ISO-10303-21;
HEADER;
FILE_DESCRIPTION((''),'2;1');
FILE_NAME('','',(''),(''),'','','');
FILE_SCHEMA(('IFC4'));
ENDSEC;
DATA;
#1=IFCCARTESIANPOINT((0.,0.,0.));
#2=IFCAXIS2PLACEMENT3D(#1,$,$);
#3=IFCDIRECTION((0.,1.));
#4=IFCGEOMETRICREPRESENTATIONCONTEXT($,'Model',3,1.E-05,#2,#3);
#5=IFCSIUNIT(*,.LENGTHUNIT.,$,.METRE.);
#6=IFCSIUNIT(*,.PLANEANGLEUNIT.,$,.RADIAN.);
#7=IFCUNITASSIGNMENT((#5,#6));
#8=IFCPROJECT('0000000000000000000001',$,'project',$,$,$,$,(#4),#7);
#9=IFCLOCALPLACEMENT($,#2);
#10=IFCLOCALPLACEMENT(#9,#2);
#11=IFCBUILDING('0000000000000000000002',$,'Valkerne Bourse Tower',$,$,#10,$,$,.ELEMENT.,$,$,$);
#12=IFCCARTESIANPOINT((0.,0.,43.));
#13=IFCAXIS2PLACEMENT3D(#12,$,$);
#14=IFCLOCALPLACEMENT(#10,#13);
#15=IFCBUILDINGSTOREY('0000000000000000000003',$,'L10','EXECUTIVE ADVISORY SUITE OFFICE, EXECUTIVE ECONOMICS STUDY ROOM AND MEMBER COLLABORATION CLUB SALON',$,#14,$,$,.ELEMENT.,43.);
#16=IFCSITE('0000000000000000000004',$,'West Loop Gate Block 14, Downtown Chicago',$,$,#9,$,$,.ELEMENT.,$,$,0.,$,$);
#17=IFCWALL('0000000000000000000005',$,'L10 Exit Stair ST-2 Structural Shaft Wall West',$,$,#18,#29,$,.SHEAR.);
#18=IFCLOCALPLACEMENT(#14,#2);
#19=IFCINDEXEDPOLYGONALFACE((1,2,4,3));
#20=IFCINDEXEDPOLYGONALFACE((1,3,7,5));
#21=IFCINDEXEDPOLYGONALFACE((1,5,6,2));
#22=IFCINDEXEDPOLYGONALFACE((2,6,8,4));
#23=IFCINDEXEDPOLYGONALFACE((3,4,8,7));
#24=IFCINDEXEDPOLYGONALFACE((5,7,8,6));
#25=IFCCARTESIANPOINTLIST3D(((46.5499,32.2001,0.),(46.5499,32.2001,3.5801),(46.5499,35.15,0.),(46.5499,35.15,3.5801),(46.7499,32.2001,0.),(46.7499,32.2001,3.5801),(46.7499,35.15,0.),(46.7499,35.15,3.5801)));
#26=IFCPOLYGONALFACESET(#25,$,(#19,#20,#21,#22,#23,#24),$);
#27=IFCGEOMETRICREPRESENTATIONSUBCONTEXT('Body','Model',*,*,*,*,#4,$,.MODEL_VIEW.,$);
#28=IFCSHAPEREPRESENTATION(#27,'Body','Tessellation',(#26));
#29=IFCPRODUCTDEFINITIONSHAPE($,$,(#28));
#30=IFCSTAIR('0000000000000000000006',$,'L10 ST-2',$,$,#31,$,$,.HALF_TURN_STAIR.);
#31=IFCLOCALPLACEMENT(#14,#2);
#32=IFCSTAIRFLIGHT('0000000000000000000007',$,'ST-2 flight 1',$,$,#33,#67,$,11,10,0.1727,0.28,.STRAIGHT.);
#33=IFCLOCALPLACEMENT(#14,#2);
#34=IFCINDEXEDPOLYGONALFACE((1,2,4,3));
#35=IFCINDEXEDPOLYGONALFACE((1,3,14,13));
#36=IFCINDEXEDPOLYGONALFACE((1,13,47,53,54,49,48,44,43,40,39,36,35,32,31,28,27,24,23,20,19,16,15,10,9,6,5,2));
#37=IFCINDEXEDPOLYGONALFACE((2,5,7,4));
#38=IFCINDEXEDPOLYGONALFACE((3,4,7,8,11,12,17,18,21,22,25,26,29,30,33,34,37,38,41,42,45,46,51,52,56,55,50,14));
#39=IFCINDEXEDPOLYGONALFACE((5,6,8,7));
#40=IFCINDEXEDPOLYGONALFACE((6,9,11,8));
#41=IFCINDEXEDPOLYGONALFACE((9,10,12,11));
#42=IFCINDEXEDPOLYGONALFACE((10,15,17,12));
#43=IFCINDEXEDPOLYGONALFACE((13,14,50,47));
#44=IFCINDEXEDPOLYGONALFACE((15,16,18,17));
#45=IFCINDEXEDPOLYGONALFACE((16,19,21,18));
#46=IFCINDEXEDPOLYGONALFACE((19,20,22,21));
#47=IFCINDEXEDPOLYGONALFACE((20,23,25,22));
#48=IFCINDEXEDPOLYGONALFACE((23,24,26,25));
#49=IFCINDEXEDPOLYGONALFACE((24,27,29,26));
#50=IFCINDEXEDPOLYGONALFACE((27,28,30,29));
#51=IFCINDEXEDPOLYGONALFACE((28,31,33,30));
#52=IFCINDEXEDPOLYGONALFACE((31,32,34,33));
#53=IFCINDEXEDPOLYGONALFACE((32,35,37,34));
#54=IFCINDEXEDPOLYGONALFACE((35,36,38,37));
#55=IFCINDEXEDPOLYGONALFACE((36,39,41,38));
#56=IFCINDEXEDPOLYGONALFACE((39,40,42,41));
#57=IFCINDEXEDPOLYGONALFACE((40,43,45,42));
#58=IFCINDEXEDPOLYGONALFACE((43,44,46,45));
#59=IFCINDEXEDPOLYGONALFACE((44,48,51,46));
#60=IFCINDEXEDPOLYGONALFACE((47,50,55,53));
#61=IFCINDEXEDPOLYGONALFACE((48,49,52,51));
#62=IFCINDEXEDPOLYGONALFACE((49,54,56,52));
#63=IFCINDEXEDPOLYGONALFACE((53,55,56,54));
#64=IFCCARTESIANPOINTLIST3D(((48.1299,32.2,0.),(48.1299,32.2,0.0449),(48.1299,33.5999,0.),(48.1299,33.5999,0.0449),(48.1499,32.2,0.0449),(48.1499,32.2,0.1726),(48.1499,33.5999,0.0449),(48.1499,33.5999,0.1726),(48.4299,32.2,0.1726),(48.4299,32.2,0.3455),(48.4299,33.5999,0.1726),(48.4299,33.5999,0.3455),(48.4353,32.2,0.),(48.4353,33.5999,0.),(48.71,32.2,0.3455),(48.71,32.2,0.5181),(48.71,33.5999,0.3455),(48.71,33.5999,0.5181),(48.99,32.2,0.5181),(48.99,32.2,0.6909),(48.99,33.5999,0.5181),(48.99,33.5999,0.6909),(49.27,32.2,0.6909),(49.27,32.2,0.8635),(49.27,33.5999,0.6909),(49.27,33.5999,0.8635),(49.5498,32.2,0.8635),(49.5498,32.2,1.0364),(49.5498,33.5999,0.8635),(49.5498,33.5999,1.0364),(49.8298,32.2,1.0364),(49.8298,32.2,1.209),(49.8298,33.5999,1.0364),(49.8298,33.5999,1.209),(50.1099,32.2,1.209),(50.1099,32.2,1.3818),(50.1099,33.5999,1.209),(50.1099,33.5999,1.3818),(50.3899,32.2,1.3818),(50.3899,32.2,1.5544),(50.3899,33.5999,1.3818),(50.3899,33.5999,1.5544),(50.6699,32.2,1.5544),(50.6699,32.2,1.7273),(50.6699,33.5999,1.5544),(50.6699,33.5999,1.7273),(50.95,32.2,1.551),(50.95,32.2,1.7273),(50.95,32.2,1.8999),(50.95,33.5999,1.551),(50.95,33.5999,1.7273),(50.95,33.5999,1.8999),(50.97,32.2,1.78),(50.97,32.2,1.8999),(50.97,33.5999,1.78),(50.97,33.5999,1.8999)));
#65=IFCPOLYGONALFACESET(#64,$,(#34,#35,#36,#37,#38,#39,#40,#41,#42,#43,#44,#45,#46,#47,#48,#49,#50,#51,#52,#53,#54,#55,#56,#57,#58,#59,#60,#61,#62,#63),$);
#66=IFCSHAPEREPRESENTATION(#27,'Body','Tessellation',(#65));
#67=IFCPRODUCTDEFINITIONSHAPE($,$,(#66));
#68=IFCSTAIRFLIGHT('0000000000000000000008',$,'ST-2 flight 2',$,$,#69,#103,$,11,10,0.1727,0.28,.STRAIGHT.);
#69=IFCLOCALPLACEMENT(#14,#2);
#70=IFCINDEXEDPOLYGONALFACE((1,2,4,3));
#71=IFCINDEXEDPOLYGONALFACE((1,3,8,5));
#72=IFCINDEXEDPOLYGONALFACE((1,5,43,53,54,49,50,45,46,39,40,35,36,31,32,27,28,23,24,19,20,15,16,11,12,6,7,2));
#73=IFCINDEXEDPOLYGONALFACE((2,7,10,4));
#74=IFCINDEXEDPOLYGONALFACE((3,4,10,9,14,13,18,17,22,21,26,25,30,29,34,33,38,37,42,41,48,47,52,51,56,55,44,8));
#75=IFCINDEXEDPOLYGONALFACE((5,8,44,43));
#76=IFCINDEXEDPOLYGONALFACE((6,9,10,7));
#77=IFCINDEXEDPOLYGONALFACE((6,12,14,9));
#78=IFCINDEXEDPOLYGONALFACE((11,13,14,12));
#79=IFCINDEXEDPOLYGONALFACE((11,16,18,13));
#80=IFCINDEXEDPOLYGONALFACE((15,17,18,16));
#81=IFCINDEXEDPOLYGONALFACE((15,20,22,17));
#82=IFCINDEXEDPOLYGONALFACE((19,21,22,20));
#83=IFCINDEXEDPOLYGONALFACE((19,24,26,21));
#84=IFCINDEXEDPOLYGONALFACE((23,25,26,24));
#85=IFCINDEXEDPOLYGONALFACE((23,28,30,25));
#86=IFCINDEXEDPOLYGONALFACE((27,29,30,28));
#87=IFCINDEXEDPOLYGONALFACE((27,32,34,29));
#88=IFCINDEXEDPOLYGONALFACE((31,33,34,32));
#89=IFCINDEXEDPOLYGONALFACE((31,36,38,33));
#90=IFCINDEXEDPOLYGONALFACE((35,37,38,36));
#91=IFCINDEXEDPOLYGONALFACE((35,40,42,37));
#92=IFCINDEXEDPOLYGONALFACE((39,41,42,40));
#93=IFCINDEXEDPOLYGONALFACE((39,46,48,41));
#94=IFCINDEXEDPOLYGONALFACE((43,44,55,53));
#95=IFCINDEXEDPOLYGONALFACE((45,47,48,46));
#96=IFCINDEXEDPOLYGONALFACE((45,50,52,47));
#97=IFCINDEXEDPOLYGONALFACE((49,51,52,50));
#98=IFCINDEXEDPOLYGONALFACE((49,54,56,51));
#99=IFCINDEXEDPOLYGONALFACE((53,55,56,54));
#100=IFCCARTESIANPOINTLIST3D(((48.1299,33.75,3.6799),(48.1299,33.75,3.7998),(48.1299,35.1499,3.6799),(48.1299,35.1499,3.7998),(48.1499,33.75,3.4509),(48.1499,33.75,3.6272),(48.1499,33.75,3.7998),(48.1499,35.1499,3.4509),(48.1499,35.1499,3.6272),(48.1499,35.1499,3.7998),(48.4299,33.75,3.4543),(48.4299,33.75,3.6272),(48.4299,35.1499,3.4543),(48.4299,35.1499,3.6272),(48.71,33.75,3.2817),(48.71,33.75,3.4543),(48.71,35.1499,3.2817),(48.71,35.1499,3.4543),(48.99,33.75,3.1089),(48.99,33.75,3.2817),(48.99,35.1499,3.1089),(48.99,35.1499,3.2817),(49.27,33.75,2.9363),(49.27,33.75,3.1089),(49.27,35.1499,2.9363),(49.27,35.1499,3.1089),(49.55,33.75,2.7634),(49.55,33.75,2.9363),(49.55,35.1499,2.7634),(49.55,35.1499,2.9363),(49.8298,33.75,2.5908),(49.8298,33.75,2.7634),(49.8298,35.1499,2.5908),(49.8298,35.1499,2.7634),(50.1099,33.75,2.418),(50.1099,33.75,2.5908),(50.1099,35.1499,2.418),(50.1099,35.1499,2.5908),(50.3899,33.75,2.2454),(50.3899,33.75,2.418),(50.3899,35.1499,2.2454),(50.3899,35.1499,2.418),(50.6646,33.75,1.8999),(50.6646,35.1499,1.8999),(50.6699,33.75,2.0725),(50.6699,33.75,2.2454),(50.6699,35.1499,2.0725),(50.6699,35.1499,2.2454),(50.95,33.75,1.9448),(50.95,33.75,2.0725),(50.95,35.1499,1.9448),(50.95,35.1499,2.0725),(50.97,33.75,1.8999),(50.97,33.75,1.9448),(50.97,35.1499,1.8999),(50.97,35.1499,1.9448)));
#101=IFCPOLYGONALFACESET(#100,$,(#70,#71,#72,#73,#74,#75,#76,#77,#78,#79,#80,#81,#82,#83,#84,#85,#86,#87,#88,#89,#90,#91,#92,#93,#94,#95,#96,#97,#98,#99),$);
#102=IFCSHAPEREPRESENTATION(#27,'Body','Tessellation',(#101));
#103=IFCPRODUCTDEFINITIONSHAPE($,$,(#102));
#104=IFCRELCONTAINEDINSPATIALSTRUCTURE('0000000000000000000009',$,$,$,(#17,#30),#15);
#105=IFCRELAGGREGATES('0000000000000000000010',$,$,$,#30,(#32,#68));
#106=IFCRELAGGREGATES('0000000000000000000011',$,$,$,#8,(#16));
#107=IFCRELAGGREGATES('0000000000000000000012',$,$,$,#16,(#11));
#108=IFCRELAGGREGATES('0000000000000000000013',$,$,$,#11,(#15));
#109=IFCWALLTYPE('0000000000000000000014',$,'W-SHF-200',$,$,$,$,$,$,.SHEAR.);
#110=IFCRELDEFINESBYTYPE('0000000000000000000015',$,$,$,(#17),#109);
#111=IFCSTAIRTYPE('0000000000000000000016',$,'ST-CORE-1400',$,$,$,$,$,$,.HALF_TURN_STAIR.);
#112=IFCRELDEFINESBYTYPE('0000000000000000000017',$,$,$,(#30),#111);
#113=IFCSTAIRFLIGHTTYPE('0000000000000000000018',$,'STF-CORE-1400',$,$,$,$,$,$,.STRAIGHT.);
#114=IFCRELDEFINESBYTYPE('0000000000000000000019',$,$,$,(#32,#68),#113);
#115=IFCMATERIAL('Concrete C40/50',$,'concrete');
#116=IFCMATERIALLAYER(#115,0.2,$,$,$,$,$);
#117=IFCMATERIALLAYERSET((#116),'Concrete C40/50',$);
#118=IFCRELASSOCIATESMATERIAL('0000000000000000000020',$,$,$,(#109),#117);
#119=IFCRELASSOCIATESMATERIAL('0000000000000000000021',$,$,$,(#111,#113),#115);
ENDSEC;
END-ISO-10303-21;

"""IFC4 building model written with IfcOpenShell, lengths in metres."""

from ifc_helpers import new_model, si_unit, direction, frame, frame_2d, origin, place, context, subcontext, project, spatial, polyline, rectangle, outline, extrude, material, layer, layer_set, type_object, element, aggregate, save


model = new_model("IFC4")

# Units and contexts
model_context = context("Model", 3, precision=1e-05, world=origin(), true_north=direction((0.0, 1.0)))
body_context = subcontext(model_context, "Body", "Model", "MODEL_VIEW")
ifc_project = project(units=[si_unit("LENGTHUNIT", "METRE"), si_unit("PLANEANGLEUNIT", "RADIAN")], contexts=[model_context])

# Site, building, storey
site_placement = place(None, origin())
site = spatial("IfcSite", under=ifc_project, at=site_placement, Name="West Loop Gate Block 14, Downtown Chicago", CompositionType="ELEMENT", RefElevation=0.0)
building_placement = place(site_placement, origin())
building = spatial("IfcBuilding", under=site, at=building_placement, Name="Valkerne Bourse Tower", CompositionType="ELEMENT")
storey_placement = place(building_placement, frame((0.0, 0.0, 43.0)))
storey = spatial("IfcBuildingStorey", under=building, at=storey_placement, Name="L10", Description="EXECUTIVE ADVISORY SUITE OFFICE, EXECUTIVE ECONOMICS STUDY ROOM AND MEMBER COLLABORATION CLUB SALON", CompositionType="ELEMENT", Elevation=43.0)

# Shared definitions
ifc_material_1 = material(Name="Concrete C40/50", Category="concrete")
ifc_layer_1 = layer(ifc_material_1, 0.2)
ifc_layer_set_1 = layer_set([ifc_layer_1], Name="Concrete C40/50")
wall_type_1 = type_object("IfcWallType", Name="W-SHF-200", PredefinedType="SHEAR", material=ifc_layer_set_1)

# Wall
wall_1_placement = place(storey_placement, frame((46.6499, 32.2, 0.0), z_axis=(0.0, 0.0, 1.0), x_axis=(0.0, 1.0, 0.0)))
element("IfcWall", 1, at=wall_1_placement, inside=storey, type_object=wall_type_1, Name="L10 Exit Stair ST-2 Structural Shaft Wall West", PredefinedType="SHEAR", context=body_context, shape_type="SweptSolid", body=[
    extrude(rectangle(XDim=2.95, YDim=0.2, at=frame_2d((1.4751, 0.0))), origin(), (0.0, 0.0, 1.0), 3.5801),
])

# Stair, stair flights
stair_type = type_object("IfcStairType", Name="ST-CORE-1400", PredefinedType="HALF_TURN_STAIR", material=ifc_material_1)
stair_placement = place(storey_placement, origin())
stair = element("IfcStair", 2, at=stair_placement, inside=storey, type_object=stair_type, Name="L10 ST-2", PredefinedType="HALF_TURN_STAIR")
stair_flight_type = type_object("IfcStairFlightType", Name="STF-CORE-1400", PredefinedType="STRAIGHT", material=ifc_material_1)
stair_flight_1_placement = place(storey_placement, frame((48.1499, 32.8999, 0.0), z_axis=(0.0, 0.0, 1.0), x_axis=(1.0, 0.0, 0.0)))
stair_flight_1 = element("IfcStairFlight", 3, at=stair_flight_1_placement, type_object=stair_flight_type, Name="ST-2 flight 1", NumberOfRisers=11, NumberOfTreads=10, PredefinedType="STRAIGHT", RiserHeight=0.1727, TreadLength=0.28, context=body_context, shape_type="SweptSolid", body=[
    extrude(outline(polyline([(-0.02, 0.0), (-0.02, 0.0449), (0.0, 0.0449), (0.0, 0.1726), (0.28, 0.1726), (0.28, 0.3455), (0.5601, 0.3455), (0.5601, 0.5181), (0.8401, 0.5181), (0.8401, 0.6909), (1.1201, 0.6909), (1.1201, 0.8635), (1.3999, 0.8635), (1.3999, 1.0364), (1.6799, 1.0364), (1.6799, 1.209), (1.96, 1.209), (1.96, 1.3818), (2.24, 1.3818), (2.24, 1.5544), (2.52, 1.5544), (2.52, 1.7273), (2.8, 1.7273), (2.8, 1.8999), (2.8201, 1.8999), (2.8201, 1.78), (2.8, 1.551), (0.2854, 0.0), (-0.02, 0.0)])), frame((0.0, 0.7, 0.0), z_axis=(0.0, -1.0, 0.0), x_axis=(1.0, 0.0, 0.0)), (0.0, 0.0, 1.0), 1.3999),
])
stair_flight_2_placement = place(storey_placement, frame((50.95, 34.45, 1.8999), z_axis=(0.0, 0.0, 1.0), x_axis=(-1.0, 0.0, 0.0)))
stair_flight_2 = element("IfcStairFlight", 4, at=stair_flight_2_placement, type_object=stair_flight_type, Name="ST-2 flight 2", NumberOfRisers=11, NumberOfTreads=10, PredefinedType="STRAIGHT", RiserHeight=0.1727, TreadLength=0.28, context=body_context, shape_type="SweptSolid", body=[
    extrude(outline(polyline([(-0.02, 0.0), (-0.02, 0.0449), (0.0, 0.0449), (0.0, 0.1726), (0.28, 0.1726), (0.28, 0.3455), (0.5601, 0.3455), (0.5601, 0.5181), (0.8401, 0.5181), (0.8401, 0.6909), (1.1201, 0.6909), (1.1201, 0.8635), (1.3999, 0.8635), (1.3999, 1.0364), (1.6799, 1.0364), (1.6799, 1.209), (1.96, 1.209), (1.96, 1.3818), (2.24, 1.3818), (2.24, 1.5544), (2.52, 1.5544), (2.52, 1.7273), (2.8, 1.7273), (2.8, 1.8999), (2.8201, 1.8999), (2.8201, 1.78), (2.8, 1.551), (0.2854, 0.0), (-0.02, 0.0)])), frame((0.0, 0.7, 0.0), z_axis=(0.0, -1.0, 0.0), x_axis=(1.0, 0.0, 0.0)), (0.0, 0.0, 1.0), 1.3999),
])
aggregate(stair, [stair_flight_1, stair_flight_2])

save(model, "model.ifc")
